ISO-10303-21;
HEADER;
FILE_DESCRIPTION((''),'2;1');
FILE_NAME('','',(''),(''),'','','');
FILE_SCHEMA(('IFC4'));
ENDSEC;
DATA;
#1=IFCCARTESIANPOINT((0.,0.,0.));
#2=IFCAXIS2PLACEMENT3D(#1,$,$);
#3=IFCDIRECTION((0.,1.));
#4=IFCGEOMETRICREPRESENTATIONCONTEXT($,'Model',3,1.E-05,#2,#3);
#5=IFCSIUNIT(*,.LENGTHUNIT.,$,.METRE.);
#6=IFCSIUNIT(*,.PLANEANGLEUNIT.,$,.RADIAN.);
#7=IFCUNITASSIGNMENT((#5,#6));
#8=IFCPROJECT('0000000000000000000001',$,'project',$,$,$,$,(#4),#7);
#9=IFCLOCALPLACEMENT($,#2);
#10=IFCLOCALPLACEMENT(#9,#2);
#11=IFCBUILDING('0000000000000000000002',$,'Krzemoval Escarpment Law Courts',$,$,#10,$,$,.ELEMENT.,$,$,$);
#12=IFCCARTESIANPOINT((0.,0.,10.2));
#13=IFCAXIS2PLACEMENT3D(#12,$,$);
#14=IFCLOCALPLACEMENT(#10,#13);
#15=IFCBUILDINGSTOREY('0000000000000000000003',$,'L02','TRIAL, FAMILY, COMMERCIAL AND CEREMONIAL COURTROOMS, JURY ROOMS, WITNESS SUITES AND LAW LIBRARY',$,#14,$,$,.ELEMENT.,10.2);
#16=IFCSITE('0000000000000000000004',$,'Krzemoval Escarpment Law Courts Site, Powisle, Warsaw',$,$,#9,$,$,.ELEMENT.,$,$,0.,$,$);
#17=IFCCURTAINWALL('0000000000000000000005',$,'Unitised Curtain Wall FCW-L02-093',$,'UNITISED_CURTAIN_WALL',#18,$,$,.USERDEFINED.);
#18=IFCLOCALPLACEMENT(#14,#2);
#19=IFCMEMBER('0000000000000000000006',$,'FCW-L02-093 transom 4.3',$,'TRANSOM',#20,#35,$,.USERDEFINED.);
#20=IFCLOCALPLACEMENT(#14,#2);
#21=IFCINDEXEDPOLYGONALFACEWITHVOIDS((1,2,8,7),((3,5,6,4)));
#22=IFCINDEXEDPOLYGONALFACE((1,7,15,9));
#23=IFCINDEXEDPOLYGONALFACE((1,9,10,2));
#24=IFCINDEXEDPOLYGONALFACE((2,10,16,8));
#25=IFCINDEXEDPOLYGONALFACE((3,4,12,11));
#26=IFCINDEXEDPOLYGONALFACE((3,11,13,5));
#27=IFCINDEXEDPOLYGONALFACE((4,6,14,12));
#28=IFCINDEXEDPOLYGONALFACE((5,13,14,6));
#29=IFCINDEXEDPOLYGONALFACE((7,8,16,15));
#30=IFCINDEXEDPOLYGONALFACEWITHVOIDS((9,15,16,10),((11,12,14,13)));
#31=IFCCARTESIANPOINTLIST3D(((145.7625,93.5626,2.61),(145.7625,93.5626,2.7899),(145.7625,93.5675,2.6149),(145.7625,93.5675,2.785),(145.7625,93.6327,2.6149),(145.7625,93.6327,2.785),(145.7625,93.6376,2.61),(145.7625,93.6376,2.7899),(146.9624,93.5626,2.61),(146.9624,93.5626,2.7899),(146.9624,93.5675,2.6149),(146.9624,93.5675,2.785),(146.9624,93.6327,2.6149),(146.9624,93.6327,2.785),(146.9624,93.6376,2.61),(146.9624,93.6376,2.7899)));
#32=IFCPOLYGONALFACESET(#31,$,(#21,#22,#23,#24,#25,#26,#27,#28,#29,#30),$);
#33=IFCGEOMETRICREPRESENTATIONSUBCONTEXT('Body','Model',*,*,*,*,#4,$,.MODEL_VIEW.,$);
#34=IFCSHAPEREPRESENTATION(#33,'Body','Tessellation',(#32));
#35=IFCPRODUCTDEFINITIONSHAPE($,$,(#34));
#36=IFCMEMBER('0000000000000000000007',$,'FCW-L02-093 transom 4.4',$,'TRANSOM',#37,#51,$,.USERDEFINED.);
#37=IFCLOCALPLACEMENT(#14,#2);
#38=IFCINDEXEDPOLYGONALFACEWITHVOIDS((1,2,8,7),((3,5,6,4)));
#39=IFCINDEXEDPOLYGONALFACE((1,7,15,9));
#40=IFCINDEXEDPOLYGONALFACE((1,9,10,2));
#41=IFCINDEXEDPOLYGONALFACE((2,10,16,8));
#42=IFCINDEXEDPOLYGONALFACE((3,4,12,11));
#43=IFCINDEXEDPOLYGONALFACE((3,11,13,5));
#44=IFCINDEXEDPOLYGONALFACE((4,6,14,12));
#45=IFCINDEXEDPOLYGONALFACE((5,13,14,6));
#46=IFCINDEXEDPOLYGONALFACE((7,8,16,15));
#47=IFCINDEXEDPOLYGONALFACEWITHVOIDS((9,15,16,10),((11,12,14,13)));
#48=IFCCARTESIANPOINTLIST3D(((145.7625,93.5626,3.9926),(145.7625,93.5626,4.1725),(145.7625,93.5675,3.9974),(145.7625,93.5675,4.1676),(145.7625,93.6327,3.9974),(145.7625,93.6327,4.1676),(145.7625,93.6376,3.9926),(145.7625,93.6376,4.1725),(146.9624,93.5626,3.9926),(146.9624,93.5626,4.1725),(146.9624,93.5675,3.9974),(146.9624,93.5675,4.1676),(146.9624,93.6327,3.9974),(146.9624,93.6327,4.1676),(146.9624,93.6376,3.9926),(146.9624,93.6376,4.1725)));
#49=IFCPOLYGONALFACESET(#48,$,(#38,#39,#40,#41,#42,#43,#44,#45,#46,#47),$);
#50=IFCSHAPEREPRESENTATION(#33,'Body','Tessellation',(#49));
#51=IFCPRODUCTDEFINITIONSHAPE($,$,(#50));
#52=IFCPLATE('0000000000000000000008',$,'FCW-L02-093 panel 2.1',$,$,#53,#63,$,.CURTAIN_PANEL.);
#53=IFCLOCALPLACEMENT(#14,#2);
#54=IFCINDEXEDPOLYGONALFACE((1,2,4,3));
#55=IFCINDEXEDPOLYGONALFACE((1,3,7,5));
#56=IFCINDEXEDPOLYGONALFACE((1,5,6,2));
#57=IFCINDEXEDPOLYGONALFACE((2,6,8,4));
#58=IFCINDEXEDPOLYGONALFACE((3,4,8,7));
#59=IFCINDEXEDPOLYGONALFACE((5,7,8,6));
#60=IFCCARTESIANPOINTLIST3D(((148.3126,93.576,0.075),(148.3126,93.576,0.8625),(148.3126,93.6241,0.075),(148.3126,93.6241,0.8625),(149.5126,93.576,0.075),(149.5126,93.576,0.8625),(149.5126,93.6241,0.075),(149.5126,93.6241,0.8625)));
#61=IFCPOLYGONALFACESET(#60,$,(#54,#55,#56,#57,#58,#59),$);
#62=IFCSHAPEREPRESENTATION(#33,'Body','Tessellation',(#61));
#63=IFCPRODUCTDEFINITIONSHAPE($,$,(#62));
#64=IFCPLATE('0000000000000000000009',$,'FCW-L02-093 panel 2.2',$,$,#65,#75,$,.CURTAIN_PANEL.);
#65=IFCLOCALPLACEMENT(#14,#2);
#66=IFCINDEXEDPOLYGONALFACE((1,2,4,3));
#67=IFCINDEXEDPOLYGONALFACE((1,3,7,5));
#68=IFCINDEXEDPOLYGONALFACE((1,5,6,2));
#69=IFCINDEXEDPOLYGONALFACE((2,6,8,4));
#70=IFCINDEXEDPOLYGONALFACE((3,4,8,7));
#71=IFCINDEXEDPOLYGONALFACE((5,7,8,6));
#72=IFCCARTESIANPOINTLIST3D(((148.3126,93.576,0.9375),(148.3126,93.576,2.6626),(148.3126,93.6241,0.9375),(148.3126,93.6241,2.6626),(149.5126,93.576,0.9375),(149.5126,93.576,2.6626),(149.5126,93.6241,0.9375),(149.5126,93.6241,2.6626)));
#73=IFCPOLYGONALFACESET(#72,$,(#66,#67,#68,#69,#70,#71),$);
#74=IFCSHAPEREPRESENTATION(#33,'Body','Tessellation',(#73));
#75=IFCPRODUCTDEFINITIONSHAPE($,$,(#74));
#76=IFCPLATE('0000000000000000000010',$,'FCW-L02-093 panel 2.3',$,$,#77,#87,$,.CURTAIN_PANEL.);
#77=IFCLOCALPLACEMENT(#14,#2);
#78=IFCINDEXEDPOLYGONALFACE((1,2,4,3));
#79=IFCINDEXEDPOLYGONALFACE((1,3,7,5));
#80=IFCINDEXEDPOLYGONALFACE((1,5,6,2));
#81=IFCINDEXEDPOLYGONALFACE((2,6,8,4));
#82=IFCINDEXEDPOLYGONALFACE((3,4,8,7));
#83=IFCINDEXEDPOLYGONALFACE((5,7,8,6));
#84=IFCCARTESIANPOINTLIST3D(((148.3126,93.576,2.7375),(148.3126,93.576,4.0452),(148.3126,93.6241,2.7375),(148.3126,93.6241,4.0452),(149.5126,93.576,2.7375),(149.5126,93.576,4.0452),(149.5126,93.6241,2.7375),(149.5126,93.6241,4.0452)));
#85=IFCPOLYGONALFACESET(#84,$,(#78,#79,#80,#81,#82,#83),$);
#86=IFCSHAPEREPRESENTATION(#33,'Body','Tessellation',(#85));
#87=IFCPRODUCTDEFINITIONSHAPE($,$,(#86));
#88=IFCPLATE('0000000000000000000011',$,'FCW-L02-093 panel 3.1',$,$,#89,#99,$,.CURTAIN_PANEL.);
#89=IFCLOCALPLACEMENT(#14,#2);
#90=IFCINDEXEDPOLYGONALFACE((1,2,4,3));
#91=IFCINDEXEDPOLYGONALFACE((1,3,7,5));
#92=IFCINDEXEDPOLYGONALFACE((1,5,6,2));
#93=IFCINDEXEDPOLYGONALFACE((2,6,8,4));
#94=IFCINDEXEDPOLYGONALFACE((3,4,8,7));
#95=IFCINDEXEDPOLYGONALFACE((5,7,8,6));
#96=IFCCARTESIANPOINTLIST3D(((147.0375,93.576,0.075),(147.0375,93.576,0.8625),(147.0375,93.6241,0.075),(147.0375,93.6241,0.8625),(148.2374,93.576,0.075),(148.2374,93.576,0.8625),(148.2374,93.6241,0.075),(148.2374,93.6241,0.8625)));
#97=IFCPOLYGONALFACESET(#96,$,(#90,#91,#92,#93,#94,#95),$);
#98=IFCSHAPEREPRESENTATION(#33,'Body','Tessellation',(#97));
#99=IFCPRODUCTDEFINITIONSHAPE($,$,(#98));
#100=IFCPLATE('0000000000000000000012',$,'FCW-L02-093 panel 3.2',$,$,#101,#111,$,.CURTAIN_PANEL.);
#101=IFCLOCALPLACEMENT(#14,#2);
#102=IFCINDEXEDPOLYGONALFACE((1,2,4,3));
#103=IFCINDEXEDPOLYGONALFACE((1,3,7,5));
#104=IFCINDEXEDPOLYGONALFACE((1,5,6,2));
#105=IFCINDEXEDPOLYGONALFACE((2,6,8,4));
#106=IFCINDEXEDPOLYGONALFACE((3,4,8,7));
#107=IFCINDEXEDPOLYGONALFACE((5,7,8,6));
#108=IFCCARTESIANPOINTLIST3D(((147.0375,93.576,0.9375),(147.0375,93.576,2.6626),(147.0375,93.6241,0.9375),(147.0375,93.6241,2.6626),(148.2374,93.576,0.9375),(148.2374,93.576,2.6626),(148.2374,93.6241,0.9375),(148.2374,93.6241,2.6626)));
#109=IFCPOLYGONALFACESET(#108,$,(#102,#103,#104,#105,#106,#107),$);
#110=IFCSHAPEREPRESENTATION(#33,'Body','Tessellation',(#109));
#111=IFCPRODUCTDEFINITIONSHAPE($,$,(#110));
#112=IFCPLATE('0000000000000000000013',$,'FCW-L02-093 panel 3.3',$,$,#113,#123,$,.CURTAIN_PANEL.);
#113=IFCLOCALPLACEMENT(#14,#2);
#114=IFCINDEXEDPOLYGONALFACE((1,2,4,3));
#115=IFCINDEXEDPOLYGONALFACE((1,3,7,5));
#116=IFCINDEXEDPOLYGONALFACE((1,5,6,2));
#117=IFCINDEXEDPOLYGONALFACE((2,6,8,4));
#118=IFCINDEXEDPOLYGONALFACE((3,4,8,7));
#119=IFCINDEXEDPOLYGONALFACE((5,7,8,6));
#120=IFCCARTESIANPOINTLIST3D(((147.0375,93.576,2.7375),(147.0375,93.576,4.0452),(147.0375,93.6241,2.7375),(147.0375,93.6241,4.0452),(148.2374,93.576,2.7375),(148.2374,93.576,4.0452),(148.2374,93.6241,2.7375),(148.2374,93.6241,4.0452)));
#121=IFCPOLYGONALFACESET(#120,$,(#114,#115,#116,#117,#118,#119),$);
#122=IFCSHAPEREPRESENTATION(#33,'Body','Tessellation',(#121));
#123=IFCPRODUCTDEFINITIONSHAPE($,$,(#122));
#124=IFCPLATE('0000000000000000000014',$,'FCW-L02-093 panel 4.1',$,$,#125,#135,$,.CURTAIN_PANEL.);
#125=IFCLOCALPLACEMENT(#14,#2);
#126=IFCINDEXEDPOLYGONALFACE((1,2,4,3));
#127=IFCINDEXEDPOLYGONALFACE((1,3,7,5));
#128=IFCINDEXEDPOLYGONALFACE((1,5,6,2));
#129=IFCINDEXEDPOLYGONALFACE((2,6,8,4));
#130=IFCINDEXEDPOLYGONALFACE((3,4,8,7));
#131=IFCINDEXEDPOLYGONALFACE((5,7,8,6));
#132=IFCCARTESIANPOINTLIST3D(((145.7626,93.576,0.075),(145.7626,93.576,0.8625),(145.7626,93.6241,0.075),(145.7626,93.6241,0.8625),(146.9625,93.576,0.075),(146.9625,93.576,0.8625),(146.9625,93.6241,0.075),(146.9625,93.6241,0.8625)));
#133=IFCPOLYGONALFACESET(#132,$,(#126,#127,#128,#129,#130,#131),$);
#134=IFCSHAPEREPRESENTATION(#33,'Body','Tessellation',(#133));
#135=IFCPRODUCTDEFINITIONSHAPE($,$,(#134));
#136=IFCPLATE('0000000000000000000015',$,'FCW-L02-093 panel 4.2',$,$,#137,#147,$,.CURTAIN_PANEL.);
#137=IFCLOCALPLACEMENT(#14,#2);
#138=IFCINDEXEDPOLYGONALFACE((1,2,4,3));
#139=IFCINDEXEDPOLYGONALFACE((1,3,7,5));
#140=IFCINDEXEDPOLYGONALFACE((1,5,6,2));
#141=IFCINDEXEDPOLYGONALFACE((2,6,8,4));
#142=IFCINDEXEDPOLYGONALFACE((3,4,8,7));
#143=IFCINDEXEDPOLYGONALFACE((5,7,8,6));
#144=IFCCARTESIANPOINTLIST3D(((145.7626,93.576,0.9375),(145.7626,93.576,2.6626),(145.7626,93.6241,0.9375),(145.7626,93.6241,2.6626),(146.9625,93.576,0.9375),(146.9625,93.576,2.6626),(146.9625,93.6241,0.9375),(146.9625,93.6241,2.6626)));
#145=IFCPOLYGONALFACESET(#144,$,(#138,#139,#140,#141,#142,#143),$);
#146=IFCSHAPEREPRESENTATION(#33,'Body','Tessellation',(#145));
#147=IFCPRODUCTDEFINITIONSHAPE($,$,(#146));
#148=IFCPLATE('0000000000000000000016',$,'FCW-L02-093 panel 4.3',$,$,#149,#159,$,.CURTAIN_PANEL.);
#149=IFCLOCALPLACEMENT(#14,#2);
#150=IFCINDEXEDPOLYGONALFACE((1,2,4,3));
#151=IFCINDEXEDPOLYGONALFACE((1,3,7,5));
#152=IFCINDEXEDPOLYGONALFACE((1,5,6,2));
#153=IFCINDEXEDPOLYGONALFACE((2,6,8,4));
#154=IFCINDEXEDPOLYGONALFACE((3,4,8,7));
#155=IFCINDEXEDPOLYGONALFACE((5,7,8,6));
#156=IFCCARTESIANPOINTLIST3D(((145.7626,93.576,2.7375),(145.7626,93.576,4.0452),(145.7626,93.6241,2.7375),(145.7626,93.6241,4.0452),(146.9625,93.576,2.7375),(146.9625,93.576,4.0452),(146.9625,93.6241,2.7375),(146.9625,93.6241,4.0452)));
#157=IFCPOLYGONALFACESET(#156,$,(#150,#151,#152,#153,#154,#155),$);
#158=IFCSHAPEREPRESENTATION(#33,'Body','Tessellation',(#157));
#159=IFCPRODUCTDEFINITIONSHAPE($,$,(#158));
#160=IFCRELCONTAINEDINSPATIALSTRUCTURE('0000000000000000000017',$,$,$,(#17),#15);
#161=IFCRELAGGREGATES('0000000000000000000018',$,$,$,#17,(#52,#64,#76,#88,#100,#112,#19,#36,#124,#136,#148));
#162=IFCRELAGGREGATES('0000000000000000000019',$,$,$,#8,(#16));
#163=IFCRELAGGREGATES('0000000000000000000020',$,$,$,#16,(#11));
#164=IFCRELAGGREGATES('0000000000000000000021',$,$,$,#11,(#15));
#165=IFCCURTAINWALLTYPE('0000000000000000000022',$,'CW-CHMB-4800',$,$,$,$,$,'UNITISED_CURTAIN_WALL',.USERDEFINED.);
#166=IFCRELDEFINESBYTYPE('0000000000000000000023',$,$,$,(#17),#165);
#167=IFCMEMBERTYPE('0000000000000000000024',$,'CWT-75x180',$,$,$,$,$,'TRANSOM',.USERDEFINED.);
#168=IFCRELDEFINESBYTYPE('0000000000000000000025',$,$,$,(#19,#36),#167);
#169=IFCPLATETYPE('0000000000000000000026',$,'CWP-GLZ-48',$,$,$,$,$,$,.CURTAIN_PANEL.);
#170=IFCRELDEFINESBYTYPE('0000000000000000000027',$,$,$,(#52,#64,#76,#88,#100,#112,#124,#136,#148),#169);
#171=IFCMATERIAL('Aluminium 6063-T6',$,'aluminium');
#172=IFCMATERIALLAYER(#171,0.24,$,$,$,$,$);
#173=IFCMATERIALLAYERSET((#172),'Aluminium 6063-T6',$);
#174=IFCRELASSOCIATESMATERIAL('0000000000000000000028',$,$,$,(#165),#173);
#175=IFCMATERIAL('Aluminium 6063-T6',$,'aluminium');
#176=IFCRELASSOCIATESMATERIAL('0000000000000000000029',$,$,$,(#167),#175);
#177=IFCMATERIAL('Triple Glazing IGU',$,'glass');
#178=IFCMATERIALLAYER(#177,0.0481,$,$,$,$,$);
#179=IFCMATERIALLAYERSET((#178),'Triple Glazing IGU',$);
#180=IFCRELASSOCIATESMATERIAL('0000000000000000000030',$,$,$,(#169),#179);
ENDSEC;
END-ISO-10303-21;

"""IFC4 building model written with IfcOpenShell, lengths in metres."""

from ifc_helpers import new_model, si_unit, direction, frame, origin, origin_2d, place, context, subcontext, project, spatial, rectangle, hollow_rectangle, extrude, material, layer, layer_set, material_profile, profile_set, type_object, element, aggregate, save


model = new_model("IFC4")

# Units and contexts
model_context = context("Model", 3, precision=1e-05, world=origin(), true_north=direction((0.0, 1.0)))
body_context = subcontext(model_context, "Body", "Model", "MODEL_VIEW")
ifc_project = project(units=[si_unit("LENGTHUNIT", "METRE"), si_unit("PLANEANGLEUNIT", "RADIAN")], contexts=[model_context])

# Site, building, storey
site_placement = place(None, origin())
site = spatial("IfcSite", under=ifc_project, at=site_placement, Name="Krzemoval Escarpment Law Courts Site, Powisle, Warsaw", CompositionType="ELEMENT", RefElevation=0.0)
building_placement = place(site_placement, origin())
building = spatial("IfcBuilding", under=site, at=building_placement, Name="Krzemoval Escarpment Law Courts", CompositionType="ELEMENT")
storey_placement = place(building_placement, frame((0.0, 0.0, 10.2)))
storey = spatial("IfcBuildingStorey", under=building, at=storey_placement, Name="L02", Description="TRIAL, FAMILY, COMMERCIAL AND CEREMONIAL COURTROOMS, JURY ROOMS, WITNESS SUITES AND LAW LIBRARY", CompositionType="ELEMENT", Elevation=10.2)

# Curtain wall, members, plates
ifc_material_1 = material(Name="Aluminium 6063-T6", Category="aluminium")
ifc_layer_1 = layer(ifc_material_1, 0.24)
ifc_layer_set_1 = layer_set([ifc_layer_1], Name="Aluminium 6063-T6")
curtain_wall_type = type_object("IfcCurtainWallType", Name="CW-CHMB-4800", ElementType="UNITISED_CURTAIN_WALL", PredefinedType="USERDEFINED", material=ifc_layer_set_1)
curtain_wall_placement = place(storey_placement, origin())
curtain_wall = element("IfcCurtainWall", 1, at=curtain_wall_placement, inside=storey, type_object=curtain_wall_type, Name="Unitised Curtain Wall FCW-L02-093", ObjectType="UNITISED_CURTAIN_WALL", PredefinedType="USERDEFINED")
ifc_material_2 = material(Name="Aluminium 6063-T6", Category="aluminium")
ifc_material_profile_1 = material_profile(ifc_material_2, hollow_rectangle(XDim=0.075, YDim=0.1799, WallThickness=0.0049, at=origin_2d()), Name="ALU T75x180")
ifc_profile_set_1 = profile_set([ifc_material_profile_1], Name="Aluminium 6063-T6")
member_type_1 = type_object("IfcMemberType", Name="CWT-75x180", ElementType="TRANSOM", PredefinedType="USERDEFINED", material=ifc_profile_set_1)
member_1_placement = place(storey_placement, frame((146.9624, 93.6001, 2.7), z_axis=(-1.0, 0.0, 0.0), x_axis=(0.0, -1.0, 0.0)))
member_1 = element("IfcMember", 2, at=member_1_placement, type_object=member_type_1, Name="FCW-L02-093 transom 4.3", ObjectType="TRANSOM", PredefinedType="USERDEFINED", context=body_context, shape_type="SweptSolid", body=[
    extrude(hollow_rectangle(XDim=0.075, YDim=0.1799, WallThickness=0.0049, at=origin_2d()), origin(), (0.0, 0.0, 1.0), 1.2),
])
member_2_placement = place(storey_placement, frame((146.9624, 93.6001, 4.0825), z_axis=(-1.0, 0.0, 0.0), x_axis=(0.0, -1.0, 0.0)))
member_2 = element("IfcMember", 3, at=member_2_placement, type_object=member_type_1, Name="FCW-L02-093 transom 4.4", ObjectType="TRANSOM", PredefinedType="USERDEFINED", context=body_context, shape_type="SweptSolid", body=[
    extrude(hollow_rectangle(XDim=0.075, YDim=0.1799, WallThickness=0.0049, at=origin_2d()), origin(), (0.0, 0.0, 1.0), 1.2),
])
ifc_material_3 = material(Name="Triple Glazing IGU", Category="glass")
ifc_layer_2 = layer(ifc_material_3, 0.0481)
ifc_layer_set_2 = layer_set([ifc_layer_2], Name="Triple Glazing IGU")
plate_type = type_object("IfcPlateType", Name="CWP-GLZ-48", PredefinedType="CURTAIN_PANEL", material=ifc_layer_set_2)
plate_1_placement = place(storey_placement, frame((148.9126, 93.6001, 0.075), z_axis=(0.0, 0.0, 1.0), x_axis=(-1.0, 0.0, 0.0)))
plate_1 = element("IfcPlate", 4, at=plate_1_placement, type_object=plate_type, Name="FCW-L02-093 panel 2.1", PredefinedType="CURTAIN_PANEL", context=body_context, shape_type="SweptSolid", body=[
    extrude(rectangle(XDim=1.2, YDim=0.0481, at=origin_2d()), origin(), (0.0, 0.0, 1.0), 0.7876),
])
plate_2_placement = place(storey_placement, frame((148.9126, 93.6001, 0.9375), z_axis=(0.0, 0.0, 1.0), x_axis=(-1.0, 0.0, 0.0)))
plate_2 = element("IfcPlate", 5, at=plate_2_placement, type_object=plate_type, Name="FCW-L02-093 panel 2.2", PredefinedType="CURTAIN_PANEL", context=body_context, shape_type="SweptSolid", body=[
    extrude(rectangle(XDim=1.2, YDim=0.0481, at=origin_2d()), origin(), (0.0, 0.0, 1.0), 1.7251),
])
plate_3_placement = place(storey_placement, frame((148.9126, 93.6001, 2.7375), z_axis=(0.0, 0.0, 1.0), x_axis=(-1.0, 0.0, 0.0)))
plate_3 = element("IfcPlate", 6, at=plate_3_placement, type_object=plate_type, Name="FCW-L02-093 panel 2.3", PredefinedType="CURTAIN_PANEL", context=body_context, shape_type="SweptSolid", body=[
    extrude(rectangle(XDim=1.2, YDim=0.0481, at=origin_2d()), origin(), (0.0, 0.0, 1.0), 1.3076),
])
plate_4_placement = place(storey_placement, frame((147.6375, 93.6001, 0.075), z_axis=(0.0, 0.0, 1.0), x_axis=(-1.0, 0.0, 0.0)))
plate_4 = element("IfcPlate", 7, at=plate_4_placement, type_object=plate_type, Name="FCW-L02-093 panel 3.1", PredefinedType="CURTAIN_PANEL", context=body_context, shape_type="SweptSolid", body=[
    extrude(rectangle(XDim=1.2, YDim=0.0481, at=origin_2d()), origin(), (0.0, 0.0, 1.0), 0.7876),
])
plate_5_placement = place(storey_placement, frame((147.6375, 93.6001, 0.9375), z_axis=(0.0, 0.0, 1.0), x_axis=(-1.0, 0.0, 0.0)))
plate_5 = element("IfcPlate", 8, at=plate_5_placement, type_object=plate_type, Name="FCW-L02-093 panel 3.2", PredefinedType="CURTAIN_PANEL", context=body_context, shape_type="SweptSolid", body=[
    extrude(rectangle(XDim=1.2, YDim=0.0481, at=origin_2d()), origin(), (0.0, 0.0, 1.0), 1.7251),
])
plate_6_placement = place(storey_placement, frame((147.6375, 93.6001, 2.7375), z_axis=(0.0, 0.0, 1.0), x_axis=(-1.0, 0.0, 0.0)))
plate_6 = element("IfcPlate", 9, at=plate_6_placement, type_object=plate_type, Name="FCW-L02-093 panel 3.3", PredefinedType="CURTAIN_PANEL", context=body_context, shape_type="SweptSolid", body=[
    extrude(rectangle(XDim=1.2, YDim=0.0481, at=origin_2d()), origin(), (0.0, 0.0, 1.0), 1.3076),
])
plate_7_placement = place(storey_placement, frame((146.3625, 93.6001, 0.075), z_axis=(0.0, 0.0, 1.0), x_axis=(-1.0, 0.0, 0.0)))
plate_7 = element("IfcPlate", 10, at=plate_7_placement, type_object=plate_type, Name="FCW-L02-093 panel 4.1", PredefinedType="CURTAIN_PANEL", context=body_context, shape_type="SweptSolid", body=[
    extrude(rectangle(XDim=1.2, YDim=0.0481, at=origin_2d()), origin(), (0.0, 0.0, 1.0), 0.7876),
])
plate_8_placement = place(storey_placement, frame((146.3625, 93.6001, 0.9375), z_axis=(0.0, 0.0, 1.0), x_axis=(-1.0, 0.0, 0.0)))
plate_8 = element("IfcPlate", 11, at=plate_8_placement, type_object=plate_type, Name="FCW-L02-093 panel 4.2", PredefinedType="CURTAIN_PANEL", context=body_context, shape_type="SweptSolid", body=[
    extrude(rectangle(XDim=1.2, YDim=0.0481, at=origin_2d()), origin(), (0.0, 0.0, 1.0), 1.7251),
])
plate_9_placement = place(storey_placement, frame((146.3625, 93.6001, 2.7375), z_axis=(0.0, 0.0, 1.0), x_axis=(-1.0, 0.0, 0.0)))
plate_9 = element("IfcPlate", 12, at=plate_9_placement, type_object=plate_type, Name="FCW-L02-093 panel 4.3", PredefinedType="CURTAIN_PANEL", context=body_context, shape_type="SweptSolid", body=[
    extrude(rectangle(XDim=1.2, YDim=0.0481, at=origin_2d()), origin(), (0.0, 0.0, 1.0), 1.3076),
])
aggregate(curtain_wall, [plate_1, plate_2, plate_3, plate_4, plate_5, plate_6, member_1, member_2, plate_7, plate_8, plate_9])

save(model, "model.ifc")
